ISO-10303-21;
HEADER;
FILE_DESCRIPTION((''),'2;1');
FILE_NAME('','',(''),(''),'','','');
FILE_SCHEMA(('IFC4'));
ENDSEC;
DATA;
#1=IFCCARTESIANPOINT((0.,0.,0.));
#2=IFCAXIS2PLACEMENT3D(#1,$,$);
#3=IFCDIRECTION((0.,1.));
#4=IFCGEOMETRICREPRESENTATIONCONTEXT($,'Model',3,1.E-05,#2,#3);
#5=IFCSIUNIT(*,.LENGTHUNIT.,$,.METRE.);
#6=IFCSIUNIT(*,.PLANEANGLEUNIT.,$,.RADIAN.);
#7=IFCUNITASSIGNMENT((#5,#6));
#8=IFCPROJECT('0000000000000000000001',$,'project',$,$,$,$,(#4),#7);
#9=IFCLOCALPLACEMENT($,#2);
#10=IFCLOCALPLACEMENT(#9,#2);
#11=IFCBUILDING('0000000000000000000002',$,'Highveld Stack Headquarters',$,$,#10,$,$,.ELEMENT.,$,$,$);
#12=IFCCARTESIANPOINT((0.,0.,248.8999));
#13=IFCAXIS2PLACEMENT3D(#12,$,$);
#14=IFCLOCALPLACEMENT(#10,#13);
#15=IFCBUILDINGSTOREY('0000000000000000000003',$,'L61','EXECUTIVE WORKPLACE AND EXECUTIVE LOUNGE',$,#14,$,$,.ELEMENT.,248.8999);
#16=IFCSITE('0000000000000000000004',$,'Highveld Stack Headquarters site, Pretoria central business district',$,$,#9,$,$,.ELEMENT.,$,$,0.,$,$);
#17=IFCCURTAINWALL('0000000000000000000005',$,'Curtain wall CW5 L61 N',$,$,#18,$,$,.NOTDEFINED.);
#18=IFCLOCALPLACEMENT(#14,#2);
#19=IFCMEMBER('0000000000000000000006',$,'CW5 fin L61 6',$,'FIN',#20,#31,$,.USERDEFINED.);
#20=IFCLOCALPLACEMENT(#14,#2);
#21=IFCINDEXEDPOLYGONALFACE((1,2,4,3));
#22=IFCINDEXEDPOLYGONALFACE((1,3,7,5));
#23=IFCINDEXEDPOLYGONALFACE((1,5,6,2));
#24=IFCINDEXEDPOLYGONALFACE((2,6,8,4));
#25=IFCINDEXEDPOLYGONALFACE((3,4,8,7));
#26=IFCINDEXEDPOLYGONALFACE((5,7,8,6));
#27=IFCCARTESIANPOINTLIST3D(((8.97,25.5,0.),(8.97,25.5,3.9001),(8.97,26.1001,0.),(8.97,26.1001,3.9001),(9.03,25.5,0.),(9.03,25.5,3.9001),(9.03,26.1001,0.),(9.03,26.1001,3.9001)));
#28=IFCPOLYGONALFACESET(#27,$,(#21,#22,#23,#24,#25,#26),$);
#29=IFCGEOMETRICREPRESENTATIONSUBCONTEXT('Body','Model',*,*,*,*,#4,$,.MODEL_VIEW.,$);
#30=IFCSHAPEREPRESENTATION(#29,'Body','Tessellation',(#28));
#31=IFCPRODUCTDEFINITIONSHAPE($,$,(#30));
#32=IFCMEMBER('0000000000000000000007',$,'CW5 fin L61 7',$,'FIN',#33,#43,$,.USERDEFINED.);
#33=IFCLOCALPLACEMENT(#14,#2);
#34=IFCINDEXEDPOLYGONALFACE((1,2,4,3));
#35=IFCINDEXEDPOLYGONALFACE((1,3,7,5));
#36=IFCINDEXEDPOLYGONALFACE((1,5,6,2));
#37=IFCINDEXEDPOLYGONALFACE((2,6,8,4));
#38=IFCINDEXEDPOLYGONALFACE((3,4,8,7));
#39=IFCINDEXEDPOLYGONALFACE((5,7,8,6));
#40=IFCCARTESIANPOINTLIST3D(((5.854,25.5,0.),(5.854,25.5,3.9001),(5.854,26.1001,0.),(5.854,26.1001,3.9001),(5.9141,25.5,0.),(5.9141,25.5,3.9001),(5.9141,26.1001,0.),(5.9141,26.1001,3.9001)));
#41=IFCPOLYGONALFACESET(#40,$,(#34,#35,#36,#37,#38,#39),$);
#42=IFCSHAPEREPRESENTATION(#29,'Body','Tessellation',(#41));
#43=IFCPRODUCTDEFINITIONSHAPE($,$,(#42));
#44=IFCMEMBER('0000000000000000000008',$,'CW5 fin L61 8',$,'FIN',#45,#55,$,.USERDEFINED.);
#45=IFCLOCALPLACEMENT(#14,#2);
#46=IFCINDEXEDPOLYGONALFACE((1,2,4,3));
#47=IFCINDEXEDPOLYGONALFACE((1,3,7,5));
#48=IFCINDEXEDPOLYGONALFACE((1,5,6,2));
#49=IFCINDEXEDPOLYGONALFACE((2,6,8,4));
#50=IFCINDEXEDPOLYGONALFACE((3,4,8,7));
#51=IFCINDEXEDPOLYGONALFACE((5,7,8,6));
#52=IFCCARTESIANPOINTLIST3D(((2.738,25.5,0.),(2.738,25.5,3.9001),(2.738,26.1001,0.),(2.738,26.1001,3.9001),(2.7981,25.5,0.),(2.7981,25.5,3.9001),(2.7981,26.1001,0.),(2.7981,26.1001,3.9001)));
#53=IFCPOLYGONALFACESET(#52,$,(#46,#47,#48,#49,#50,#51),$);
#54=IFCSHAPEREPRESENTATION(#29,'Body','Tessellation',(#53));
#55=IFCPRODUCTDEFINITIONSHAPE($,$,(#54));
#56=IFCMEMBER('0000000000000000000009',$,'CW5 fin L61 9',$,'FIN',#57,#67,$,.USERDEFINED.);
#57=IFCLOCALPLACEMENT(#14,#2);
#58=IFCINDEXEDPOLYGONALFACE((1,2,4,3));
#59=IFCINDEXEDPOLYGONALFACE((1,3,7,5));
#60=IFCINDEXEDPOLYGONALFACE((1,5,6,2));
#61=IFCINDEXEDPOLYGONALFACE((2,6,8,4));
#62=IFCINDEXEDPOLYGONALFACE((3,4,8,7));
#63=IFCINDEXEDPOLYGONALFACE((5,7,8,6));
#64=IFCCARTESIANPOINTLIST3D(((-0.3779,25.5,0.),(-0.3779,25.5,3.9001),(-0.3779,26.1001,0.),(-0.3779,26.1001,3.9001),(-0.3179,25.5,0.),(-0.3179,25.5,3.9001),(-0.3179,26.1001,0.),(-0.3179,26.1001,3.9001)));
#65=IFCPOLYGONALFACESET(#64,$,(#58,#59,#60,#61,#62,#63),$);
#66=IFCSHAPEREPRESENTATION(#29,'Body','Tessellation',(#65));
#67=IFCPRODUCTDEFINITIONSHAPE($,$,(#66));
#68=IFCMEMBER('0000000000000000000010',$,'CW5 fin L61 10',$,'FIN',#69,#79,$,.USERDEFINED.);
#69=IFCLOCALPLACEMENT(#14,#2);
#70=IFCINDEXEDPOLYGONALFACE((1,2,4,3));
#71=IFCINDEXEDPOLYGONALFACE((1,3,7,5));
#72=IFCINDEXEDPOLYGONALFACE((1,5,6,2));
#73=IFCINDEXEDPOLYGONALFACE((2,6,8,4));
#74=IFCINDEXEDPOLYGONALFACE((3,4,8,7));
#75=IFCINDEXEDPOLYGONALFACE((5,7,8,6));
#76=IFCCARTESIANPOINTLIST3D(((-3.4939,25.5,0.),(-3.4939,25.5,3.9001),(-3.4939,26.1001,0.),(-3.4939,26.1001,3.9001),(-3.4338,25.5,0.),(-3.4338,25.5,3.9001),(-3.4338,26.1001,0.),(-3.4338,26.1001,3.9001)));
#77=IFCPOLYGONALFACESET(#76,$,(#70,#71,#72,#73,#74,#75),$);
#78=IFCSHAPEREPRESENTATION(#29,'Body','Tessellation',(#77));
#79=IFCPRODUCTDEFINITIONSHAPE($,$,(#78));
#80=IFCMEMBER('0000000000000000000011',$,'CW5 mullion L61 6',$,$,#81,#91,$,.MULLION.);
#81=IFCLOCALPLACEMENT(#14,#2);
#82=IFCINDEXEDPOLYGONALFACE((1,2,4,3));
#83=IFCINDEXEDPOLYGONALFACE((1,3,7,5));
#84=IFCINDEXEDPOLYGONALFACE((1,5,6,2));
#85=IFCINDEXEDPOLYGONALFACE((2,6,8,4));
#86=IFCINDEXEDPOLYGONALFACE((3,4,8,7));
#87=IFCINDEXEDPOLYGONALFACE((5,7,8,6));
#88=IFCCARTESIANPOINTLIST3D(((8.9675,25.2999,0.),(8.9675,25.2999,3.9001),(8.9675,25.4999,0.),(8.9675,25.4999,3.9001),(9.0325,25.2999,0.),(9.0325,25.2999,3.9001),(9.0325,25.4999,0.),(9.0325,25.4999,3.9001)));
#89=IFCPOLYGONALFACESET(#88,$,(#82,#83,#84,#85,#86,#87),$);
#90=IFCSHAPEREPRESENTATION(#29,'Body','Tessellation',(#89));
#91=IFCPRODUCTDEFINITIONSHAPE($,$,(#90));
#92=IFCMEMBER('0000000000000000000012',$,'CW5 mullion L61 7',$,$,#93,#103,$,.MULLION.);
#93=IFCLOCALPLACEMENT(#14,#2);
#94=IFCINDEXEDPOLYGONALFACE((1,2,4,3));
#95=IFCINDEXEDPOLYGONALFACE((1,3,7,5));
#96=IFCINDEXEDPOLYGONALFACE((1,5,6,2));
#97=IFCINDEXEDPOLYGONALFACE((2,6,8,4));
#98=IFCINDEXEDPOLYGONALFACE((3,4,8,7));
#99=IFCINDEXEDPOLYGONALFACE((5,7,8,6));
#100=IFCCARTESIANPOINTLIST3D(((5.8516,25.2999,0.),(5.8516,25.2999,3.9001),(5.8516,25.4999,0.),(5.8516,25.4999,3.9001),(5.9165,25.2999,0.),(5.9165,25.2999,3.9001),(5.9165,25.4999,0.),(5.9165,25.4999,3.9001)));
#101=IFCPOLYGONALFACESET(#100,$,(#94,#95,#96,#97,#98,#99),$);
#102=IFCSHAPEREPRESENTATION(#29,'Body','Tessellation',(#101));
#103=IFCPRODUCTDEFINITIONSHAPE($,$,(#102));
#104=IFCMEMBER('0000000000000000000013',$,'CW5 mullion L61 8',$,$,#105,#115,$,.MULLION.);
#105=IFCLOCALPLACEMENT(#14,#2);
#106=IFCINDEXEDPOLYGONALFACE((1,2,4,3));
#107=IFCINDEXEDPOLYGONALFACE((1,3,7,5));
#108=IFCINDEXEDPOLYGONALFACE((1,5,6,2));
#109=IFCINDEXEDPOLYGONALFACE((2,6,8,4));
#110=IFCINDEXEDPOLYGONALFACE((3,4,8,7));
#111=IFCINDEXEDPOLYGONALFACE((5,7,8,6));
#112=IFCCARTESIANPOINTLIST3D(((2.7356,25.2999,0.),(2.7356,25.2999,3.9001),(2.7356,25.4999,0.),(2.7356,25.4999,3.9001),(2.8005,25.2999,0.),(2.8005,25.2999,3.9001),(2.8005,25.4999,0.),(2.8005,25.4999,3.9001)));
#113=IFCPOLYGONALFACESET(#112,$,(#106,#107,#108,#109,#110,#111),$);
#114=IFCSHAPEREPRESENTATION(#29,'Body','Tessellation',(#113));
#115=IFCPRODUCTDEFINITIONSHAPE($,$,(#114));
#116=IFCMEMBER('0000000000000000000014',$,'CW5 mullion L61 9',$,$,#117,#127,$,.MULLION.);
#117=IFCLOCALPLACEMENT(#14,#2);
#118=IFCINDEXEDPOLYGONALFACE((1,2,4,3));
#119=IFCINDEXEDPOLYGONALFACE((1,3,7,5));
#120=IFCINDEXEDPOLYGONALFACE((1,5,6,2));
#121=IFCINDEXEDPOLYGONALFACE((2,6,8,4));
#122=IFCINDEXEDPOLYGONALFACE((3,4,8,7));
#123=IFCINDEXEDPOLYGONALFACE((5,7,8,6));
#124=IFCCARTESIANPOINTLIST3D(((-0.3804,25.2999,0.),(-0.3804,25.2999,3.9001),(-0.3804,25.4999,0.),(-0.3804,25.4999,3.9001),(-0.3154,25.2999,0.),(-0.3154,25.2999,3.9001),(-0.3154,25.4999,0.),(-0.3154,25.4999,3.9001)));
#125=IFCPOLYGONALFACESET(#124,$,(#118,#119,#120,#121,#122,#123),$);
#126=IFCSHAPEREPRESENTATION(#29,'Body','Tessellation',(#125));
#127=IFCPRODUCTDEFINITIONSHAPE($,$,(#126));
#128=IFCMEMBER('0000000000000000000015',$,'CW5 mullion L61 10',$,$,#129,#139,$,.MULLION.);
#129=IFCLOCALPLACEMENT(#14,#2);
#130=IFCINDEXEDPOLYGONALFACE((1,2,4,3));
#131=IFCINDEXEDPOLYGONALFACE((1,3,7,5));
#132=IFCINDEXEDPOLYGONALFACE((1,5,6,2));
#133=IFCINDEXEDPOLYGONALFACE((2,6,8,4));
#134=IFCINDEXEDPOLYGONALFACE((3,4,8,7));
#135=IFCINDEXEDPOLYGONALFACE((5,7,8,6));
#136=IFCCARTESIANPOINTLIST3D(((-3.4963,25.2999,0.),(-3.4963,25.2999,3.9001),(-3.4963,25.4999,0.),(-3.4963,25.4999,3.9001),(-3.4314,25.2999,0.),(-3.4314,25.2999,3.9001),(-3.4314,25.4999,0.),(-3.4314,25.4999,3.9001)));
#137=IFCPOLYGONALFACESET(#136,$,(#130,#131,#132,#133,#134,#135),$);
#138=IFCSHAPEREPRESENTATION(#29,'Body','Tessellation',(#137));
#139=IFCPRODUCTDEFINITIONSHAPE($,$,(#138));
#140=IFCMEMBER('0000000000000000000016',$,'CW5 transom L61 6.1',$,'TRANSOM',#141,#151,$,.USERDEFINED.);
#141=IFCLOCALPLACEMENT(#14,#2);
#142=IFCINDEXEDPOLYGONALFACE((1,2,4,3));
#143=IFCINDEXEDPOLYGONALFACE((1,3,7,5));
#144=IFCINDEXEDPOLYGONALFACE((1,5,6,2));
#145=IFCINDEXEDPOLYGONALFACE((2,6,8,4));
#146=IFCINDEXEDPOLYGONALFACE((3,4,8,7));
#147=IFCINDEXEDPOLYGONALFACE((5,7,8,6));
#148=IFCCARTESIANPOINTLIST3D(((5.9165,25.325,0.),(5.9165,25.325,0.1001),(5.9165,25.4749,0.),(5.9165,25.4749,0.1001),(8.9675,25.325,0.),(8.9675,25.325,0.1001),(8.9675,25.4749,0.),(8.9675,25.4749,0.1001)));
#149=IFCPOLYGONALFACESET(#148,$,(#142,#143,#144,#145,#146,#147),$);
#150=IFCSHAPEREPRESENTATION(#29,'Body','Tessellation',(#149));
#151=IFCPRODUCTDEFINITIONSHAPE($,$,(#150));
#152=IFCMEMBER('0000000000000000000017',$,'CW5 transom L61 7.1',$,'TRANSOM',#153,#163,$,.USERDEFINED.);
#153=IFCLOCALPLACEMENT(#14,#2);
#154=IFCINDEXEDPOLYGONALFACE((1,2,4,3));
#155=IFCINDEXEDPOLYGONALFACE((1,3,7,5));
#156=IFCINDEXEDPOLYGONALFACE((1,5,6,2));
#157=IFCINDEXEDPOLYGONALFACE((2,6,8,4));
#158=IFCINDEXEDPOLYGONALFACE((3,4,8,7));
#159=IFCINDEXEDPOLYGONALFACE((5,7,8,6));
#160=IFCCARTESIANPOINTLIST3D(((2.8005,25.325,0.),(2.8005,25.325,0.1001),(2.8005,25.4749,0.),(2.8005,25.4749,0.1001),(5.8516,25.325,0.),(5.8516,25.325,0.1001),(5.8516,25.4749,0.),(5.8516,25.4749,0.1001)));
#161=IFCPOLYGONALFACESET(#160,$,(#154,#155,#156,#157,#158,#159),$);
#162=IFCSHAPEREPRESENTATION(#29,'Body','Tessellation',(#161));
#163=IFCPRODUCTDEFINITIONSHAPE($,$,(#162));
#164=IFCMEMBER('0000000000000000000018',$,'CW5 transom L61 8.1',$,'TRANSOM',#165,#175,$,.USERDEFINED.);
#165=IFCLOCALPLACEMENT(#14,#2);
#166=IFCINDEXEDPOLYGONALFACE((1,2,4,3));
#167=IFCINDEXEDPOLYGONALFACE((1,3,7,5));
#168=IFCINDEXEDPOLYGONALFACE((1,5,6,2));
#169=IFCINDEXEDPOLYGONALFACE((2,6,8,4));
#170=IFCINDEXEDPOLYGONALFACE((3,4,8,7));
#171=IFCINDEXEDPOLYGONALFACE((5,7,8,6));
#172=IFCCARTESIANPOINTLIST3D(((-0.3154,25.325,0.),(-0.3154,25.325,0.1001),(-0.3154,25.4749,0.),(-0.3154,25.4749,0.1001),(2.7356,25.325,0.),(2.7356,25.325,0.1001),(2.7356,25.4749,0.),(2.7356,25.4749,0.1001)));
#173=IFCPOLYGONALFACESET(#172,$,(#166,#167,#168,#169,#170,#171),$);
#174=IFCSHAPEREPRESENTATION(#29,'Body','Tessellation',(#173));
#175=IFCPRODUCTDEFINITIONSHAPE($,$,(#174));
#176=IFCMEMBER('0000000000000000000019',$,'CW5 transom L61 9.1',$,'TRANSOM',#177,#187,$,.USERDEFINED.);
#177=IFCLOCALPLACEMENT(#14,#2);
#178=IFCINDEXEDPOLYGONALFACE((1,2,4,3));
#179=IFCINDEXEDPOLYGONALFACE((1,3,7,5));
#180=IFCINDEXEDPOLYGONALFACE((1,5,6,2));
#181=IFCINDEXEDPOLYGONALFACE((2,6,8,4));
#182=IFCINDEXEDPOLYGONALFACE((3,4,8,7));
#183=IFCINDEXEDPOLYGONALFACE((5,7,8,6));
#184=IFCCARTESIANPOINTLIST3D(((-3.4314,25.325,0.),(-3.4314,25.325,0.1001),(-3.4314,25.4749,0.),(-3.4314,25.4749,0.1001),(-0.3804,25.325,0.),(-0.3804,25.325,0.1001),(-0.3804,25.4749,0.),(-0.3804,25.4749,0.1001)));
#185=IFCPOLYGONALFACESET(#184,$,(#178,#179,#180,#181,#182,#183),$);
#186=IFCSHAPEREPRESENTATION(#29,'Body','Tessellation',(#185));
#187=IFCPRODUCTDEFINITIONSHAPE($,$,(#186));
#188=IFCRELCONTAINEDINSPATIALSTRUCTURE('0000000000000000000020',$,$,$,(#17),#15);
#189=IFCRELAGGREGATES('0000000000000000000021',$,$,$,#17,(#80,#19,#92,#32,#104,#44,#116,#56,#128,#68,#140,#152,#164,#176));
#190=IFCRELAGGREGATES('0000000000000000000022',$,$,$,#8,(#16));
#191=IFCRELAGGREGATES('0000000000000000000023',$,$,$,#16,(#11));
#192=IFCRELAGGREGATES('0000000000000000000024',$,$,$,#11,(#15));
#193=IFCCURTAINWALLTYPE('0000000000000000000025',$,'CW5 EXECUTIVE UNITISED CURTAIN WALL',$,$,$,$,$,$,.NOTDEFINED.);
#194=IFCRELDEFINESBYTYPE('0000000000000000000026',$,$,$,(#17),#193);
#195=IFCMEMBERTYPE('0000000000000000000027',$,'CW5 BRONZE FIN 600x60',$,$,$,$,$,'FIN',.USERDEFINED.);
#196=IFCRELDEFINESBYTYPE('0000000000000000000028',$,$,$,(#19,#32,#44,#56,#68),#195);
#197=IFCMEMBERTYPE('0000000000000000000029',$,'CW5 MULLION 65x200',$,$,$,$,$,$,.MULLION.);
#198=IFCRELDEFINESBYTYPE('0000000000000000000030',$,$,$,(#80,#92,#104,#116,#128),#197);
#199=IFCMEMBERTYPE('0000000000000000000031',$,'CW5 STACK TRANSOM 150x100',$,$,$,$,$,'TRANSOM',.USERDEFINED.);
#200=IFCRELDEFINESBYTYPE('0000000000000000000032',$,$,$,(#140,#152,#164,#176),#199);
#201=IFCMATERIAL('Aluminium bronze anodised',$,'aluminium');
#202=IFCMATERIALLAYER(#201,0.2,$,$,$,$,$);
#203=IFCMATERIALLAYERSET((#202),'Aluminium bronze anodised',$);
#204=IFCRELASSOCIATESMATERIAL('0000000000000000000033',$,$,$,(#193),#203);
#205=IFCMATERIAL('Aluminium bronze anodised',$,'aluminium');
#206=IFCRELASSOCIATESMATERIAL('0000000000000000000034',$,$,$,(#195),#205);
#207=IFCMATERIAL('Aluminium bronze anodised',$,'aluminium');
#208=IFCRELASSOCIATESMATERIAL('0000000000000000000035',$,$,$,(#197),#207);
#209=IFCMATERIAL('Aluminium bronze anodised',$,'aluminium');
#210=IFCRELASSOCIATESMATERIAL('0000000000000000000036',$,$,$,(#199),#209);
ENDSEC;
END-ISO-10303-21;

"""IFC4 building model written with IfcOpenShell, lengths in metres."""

from ifc_helpers import new_model, si_unit, direction, frame, origin, origin_2d, place, context, subcontext, project, spatial, rectangle, extrude, material, layer, layer_set, material_profile, profile_set, type_object, element, aggregate, save


model = new_model("IFC4")

# Units and contexts
model_context = context("Model", 3, precision=1e-05, world=origin(), true_north=direction((0.0, 1.0)))
body_context = subcontext(model_context, "Body", "Model", "MODEL_VIEW")
ifc_project = project(units=[si_unit("LENGTHUNIT", "METRE"), si_unit("PLANEANGLEUNIT", "RADIAN")], contexts=[model_context])

# Site, building, storey
site_placement = place(None, origin())
site = spatial("IfcSite", under=ifc_project, at=site_placement, Name="Highveld Stack Headquarters site, Pretoria central business district", CompositionType="ELEMENT", RefElevation=0.0)
building_placement = place(site_placement, origin())
building = spatial("IfcBuilding", under=site, at=building_placement, Name="Highveld Stack Headquarters", CompositionType="ELEMENT")
storey_placement = place(building_placement, frame((0.0, 0.0, 248.8999)))
storey = spatial("IfcBuildingStorey", under=building, at=storey_placement, Name="L61", Description="EXECUTIVE WORKPLACE AND EXECUTIVE LOUNGE", CompositionType="ELEMENT", Elevation=248.8999)

# Curtain wall, members
ifc_material_1 = material(Name="Aluminium bronze anodised", Category="aluminium")
ifc_layer_1 = layer(ifc_material_1, 0.2)
ifc_layer_set_1 = layer_set([ifc_layer_1], Name="Aluminium bronze anodised")
curtain_wall_type = type_object("IfcCurtainWallType", Name="CW5 EXECUTIVE UNITISED CURTAIN WALL", PredefinedType="NOTDEFINED", material=ifc_layer_set_1)
curtain_wall_placement = place(storey_placement, origin())
curtain_wall = element("IfcCurtainWall", 1, at=curtain_wall_placement, inside=storey, type_object=curtain_wall_type, Name="Curtain wall CW5 L61 N", PredefinedType="NOTDEFINED")
ifc_material_2 = material(Name="Aluminium bronze anodised", Category="aluminium")
ifc_material_profile_1 = material_profile(ifc_material_2, rectangle(XDim=0.6001, YDim=0.0601, at=origin_2d()), Name="FIN 600x60")
ifc_profile_set_1 = profile_set([ifc_material_profile_1], Name="Aluminium bronze anodised")
member_type_1 = type_object("IfcMemberType", Name="CW5 BRONZE FIN 600x60", ElementType="FIN", PredefinedType="USERDEFINED", material=ifc_profile_set_1)
member_1_placement = place(storey_placement, frame((9.0, 25.8, 0.0), z_axis=(0.0, 0.0, 1.0), x_axis=(0.0, -1.0, 0.0)))
member_1 = element("IfcMember", 2, at=member_1_placement, type_object=member_type_1, Name="CW5 fin L61 6", ObjectType="FIN", PredefinedType="USERDEFINED", context=body_context, shape_type="SweptSolid", body=[
    extrude(rectangle(XDim=0.6001, YDim=0.0601, at=origin_2d()), origin(), (0.0, 0.0, 1.0), 3.9001),
])
member_2_placement = place(storey_placement, frame((5.884, 25.8, 0.0), z_axis=(0.0, 0.0, 1.0), x_axis=(0.0, -1.0, 0.0)))
member_2 = element("IfcMember", 3, at=member_2_placement, type_object=member_type_1, Name="CW5 fin L61 7", ObjectType="FIN", PredefinedType="USERDEFINED", context=body_context, shape_type="SweptSolid", body=[
    extrude(rectangle(XDim=0.6001, YDim=0.0601, at=origin_2d()), origin(), (0.0, 0.0, 1.0), 3.9001),
])
member_3_placement = place(storey_placement, frame((2.7681, 25.8, 0.0), z_axis=(0.0, 0.0, 1.0), x_axis=(0.0, -1.0, 0.0)))
member_3 = element("IfcMember", 4, at=member_3_placement, type_object=member_type_1, Name="CW5 fin L61 8", ObjectType="FIN", PredefinedType="USERDEFINED", context=body_context, shape_type="SweptSolid", body=[
    extrude(rectangle(XDim=0.6001, YDim=0.0601, at=origin_2d()), origin(), (0.0, 0.0, 1.0), 3.9001),
])
member_4_placement = place(storey_placement, frame((-0.3479, 25.8, 0.0), z_axis=(0.0, 0.0, 1.0), x_axis=(0.0, -1.0, 0.0)))
member_4 = element("IfcMember", 5, at=member_4_placement, type_object=member_type_1, Name="CW5 fin L61 9", ObjectType="FIN", PredefinedType="USERDEFINED", context=body_context, shape_type="SweptSolid", body=[
    extrude(rectangle(XDim=0.6001, YDim=0.0601, at=origin_2d()), origin(), (0.0, 0.0, 1.0), 3.9001),
])
member_5_placement = place(storey_placement, frame((-3.4639, 25.8, 0.0), z_axis=(0.0, 0.0, 1.0), x_axis=(0.0, -1.0, 0.0)))
member_5 = element("IfcMember", 6, at=member_5_placement, type_object=member_type_1, Name="CW5 fin L61 10", ObjectType="FIN", PredefinedType="USERDEFINED", context=body_context, shape_type="SweptSolid", body=[
    extrude(rectangle(XDim=0.6001, YDim=0.0601, at=origin_2d()), origin(), (0.0, 0.0, 1.0), 3.9001),
])
ifc_material_3 = material(Name="Aluminium bronze anodised", Category="aluminium")
ifc_material_profile_2 = material_profile(ifc_material_3, rectangle(XDim=0.2, YDim=0.0649, at=origin_2d()), Name="CW5 MULLION 65x200")
ifc_profile_set_2 = profile_set([ifc_material_profile_2], Name="Aluminium bronze anodised")
member_type_2 = type_object("IfcMemberType", Name="CW5 MULLION 65x200", PredefinedType="MULLION", material=ifc_profile_set_2)
member_6_placement = place(storey_placement, frame((9.0, 25.3999, 0.0), z_axis=(0.0, 0.0, 1.0), x_axis=(0.0, -1.0, 0.0)))
member_6 = element("IfcMember", 7, at=member_6_placement, type_object=member_type_2, Name="CW5 mullion L61 6", PredefinedType="MULLION", context=body_context, shape_type="SweptSolid", body=[
    extrude(rectangle(XDim=0.2, YDim=0.0649, at=origin_2d()), origin(), (0.0, 0.0, 1.0), 3.9001),
])
member_7_placement = place(storey_placement, frame((5.884, 25.3999, 0.0), z_axis=(0.0, 0.0, 1.0), x_axis=(0.0, -1.0, 0.0)))
member_7 = element("IfcMember", 8, at=member_7_placement, type_object=member_type_2, Name="CW5 mullion L61 7", PredefinedType="MULLION", context=body_context, shape_type="SweptSolid", body=[
    extrude(rectangle(XDim=0.2, YDim=0.0649, at=origin_2d()), origin(), (0.0, 0.0, 1.0), 3.9001),
])
member_8_placement = place(storey_placement, frame((2.7681, 25.3999, 0.0), z_axis=(0.0, 0.0, 1.0), x_axis=(0.0, -1.0, 0.0)))
member_8 = element("IfcMember", 9, at=member_8_placement, type_object=member_type_2, Name="CW5 mullion L61 8", PredefinedType="MULLION", context=body_context, shape_type="SweptSolid", body=[
    extrude(rectangle(XDim=0.2, YDim=0.0649, at=origin_2d()), origin(), (0.0, 0.0, 1.0), 3.9001),
])
member_9_placement = place(storey_placement, frame((-0.3479, 25.3999, 0.0), z_axis=(0.0, 0.0, 1.0), x_axis=(0.0, -1.0, 0.0)))
member_9 = element("IfcMember", 10, at=member_9_placement, type_object=member_type_2, Name="CW5 mullion L61 9", PredefinedType="MULLION", context=body_context, shape_type="SweptSolid", body=[
    extrude(rectangle(XDim=0.2, YDim=0.0649, at=origin_2d()), origin(), (0.0, 0.0, 1.0), 3.9001),
])
member_10_placement = place(storey_placement, frame((-3.4639, 25.3999, 0.0), z_axis=(0.0, 0.0, 1.0), x_axis=(0.0, -1.0, 0.0)))
member_10 = element("IfcMember", 11, at=member_10_placement, type_object=member_type_2, Name="CW5 mullion L61 10", PredefinedType="MULLION", context=body_context, shape_type="SweptSolid", body=[
    extrude(rectangle(XDim=0.2, YDim=0.0649, at=origin_2d()), origin(), (0.0, 0.0, 1.0), 3.9001),
])
ifc_material_4 = material(Name="Aluminium bronze anodised", Category="aluminium")
ifc_material_profile_3 = material_profile(ifc_material_4, rectangle(XDim=0.1499, YDim=0.1001, at=origin_2d()), Name="CW5 TRANSOM 150x100")
ifc_profile_set_3 = profile_set([ifc_material_profile_3], Name="Aluminium bronze anodised")
member_type_3 = type_object("IfcMemberType", Name="CW5 STACK TRANSOM 150x100", ElementType="TRANSOM", PredefinedType="USERDEFINED", material=ifc_profile_set_3)
member_11_placement = place(storey_placement, frame((8.9675, 25.3999, 0.05), z_axis=(-1.0, 0.0, 0.0), x_axis=(0.0, -1.0, 0.0)))
member_11 = element("IfcMember", 12, at=member_11_placement, type_object=member_type_3, Name="CW5 transom L61 6.1", ObjectType="TRANSOM", PredefinedType="USERDEFINED", context=body_context, shape_type="SweptSolid", body=[
    extrude(rectangle(XDim=0.1499, YDim=0.1001, at=origin_2d()), origin(), (0.0, 0.0, 1.0), 3.051),
])
member_12_placement = place(storey_placement, frame((5.8516, 25.3999, 0.05), z_axis=(-1.0, 0.0, 0.0), x_axis=(0.0, -1.0, 0.0)))
member_12 = element("IfcMember", 13, at=member_12_placement, type_object=member_type_3, Name="CW5 transom L61 7.1", ObjectType="TRANSOM", PredefinedType="USERDEFINED", context=body_context, shape_type="SweptSolid", body=[
    extrude(rectangle(XDim=0.1499, YDim=0.1001, at=origin_2d()), origin(), (0.0, 0.0, 1.0), 3.051),
])
member_13_placement = place(storey_placement, frame((2.7356, 25.3999, 0.05), z_axis=(-1.0, 0.0, 0.0), x_axis=(0.0, -1.0, 0.0)))
member_13 = element("IfcMember", 14, at=member_13_placement, type_object=member_type_3, Name="CW5 transom L61 8.1", ObjectType="TRANSOM", PredefinedType="USERDEFINED", context=body_context, shape_type="SweptSolid", body=[
    extrude(rectangle(XDim=0.1499, YDim=0.1001, at=origin_2d()), origin(), (0.0, 0.0, 1.0), 3.051),
])
member_14_placement = place(storey_placement, frame((-0.3804, 25.3999, 0.05), z_axis=(-1.0, 0.0, 0.0), x_axis=(0.0, -1.0, 0.0)))
member_14 = element("IfcMember", 15, at=member_14_placement, type_object=member_type_3, Name="CW5 transom L61 9.1", ObjectType="TRANSOM", PredefinedType="USERDEFINED", context=body_context, shape_type="SweptSolid", body=[
    extrude(rectangle(XDim=0.1499, YDim=0.1001, at=origin_2d()), origin(), (0.0, 0.0, 1.0), 3.051),
])
aggregate(curtain_wall, [member_6, member_1, member_7, member_2, member_8, member_3, member_9, member_4, member_10, member_5, member_11, member_12, member_13, member_14])

save(model, "model.ifc")
